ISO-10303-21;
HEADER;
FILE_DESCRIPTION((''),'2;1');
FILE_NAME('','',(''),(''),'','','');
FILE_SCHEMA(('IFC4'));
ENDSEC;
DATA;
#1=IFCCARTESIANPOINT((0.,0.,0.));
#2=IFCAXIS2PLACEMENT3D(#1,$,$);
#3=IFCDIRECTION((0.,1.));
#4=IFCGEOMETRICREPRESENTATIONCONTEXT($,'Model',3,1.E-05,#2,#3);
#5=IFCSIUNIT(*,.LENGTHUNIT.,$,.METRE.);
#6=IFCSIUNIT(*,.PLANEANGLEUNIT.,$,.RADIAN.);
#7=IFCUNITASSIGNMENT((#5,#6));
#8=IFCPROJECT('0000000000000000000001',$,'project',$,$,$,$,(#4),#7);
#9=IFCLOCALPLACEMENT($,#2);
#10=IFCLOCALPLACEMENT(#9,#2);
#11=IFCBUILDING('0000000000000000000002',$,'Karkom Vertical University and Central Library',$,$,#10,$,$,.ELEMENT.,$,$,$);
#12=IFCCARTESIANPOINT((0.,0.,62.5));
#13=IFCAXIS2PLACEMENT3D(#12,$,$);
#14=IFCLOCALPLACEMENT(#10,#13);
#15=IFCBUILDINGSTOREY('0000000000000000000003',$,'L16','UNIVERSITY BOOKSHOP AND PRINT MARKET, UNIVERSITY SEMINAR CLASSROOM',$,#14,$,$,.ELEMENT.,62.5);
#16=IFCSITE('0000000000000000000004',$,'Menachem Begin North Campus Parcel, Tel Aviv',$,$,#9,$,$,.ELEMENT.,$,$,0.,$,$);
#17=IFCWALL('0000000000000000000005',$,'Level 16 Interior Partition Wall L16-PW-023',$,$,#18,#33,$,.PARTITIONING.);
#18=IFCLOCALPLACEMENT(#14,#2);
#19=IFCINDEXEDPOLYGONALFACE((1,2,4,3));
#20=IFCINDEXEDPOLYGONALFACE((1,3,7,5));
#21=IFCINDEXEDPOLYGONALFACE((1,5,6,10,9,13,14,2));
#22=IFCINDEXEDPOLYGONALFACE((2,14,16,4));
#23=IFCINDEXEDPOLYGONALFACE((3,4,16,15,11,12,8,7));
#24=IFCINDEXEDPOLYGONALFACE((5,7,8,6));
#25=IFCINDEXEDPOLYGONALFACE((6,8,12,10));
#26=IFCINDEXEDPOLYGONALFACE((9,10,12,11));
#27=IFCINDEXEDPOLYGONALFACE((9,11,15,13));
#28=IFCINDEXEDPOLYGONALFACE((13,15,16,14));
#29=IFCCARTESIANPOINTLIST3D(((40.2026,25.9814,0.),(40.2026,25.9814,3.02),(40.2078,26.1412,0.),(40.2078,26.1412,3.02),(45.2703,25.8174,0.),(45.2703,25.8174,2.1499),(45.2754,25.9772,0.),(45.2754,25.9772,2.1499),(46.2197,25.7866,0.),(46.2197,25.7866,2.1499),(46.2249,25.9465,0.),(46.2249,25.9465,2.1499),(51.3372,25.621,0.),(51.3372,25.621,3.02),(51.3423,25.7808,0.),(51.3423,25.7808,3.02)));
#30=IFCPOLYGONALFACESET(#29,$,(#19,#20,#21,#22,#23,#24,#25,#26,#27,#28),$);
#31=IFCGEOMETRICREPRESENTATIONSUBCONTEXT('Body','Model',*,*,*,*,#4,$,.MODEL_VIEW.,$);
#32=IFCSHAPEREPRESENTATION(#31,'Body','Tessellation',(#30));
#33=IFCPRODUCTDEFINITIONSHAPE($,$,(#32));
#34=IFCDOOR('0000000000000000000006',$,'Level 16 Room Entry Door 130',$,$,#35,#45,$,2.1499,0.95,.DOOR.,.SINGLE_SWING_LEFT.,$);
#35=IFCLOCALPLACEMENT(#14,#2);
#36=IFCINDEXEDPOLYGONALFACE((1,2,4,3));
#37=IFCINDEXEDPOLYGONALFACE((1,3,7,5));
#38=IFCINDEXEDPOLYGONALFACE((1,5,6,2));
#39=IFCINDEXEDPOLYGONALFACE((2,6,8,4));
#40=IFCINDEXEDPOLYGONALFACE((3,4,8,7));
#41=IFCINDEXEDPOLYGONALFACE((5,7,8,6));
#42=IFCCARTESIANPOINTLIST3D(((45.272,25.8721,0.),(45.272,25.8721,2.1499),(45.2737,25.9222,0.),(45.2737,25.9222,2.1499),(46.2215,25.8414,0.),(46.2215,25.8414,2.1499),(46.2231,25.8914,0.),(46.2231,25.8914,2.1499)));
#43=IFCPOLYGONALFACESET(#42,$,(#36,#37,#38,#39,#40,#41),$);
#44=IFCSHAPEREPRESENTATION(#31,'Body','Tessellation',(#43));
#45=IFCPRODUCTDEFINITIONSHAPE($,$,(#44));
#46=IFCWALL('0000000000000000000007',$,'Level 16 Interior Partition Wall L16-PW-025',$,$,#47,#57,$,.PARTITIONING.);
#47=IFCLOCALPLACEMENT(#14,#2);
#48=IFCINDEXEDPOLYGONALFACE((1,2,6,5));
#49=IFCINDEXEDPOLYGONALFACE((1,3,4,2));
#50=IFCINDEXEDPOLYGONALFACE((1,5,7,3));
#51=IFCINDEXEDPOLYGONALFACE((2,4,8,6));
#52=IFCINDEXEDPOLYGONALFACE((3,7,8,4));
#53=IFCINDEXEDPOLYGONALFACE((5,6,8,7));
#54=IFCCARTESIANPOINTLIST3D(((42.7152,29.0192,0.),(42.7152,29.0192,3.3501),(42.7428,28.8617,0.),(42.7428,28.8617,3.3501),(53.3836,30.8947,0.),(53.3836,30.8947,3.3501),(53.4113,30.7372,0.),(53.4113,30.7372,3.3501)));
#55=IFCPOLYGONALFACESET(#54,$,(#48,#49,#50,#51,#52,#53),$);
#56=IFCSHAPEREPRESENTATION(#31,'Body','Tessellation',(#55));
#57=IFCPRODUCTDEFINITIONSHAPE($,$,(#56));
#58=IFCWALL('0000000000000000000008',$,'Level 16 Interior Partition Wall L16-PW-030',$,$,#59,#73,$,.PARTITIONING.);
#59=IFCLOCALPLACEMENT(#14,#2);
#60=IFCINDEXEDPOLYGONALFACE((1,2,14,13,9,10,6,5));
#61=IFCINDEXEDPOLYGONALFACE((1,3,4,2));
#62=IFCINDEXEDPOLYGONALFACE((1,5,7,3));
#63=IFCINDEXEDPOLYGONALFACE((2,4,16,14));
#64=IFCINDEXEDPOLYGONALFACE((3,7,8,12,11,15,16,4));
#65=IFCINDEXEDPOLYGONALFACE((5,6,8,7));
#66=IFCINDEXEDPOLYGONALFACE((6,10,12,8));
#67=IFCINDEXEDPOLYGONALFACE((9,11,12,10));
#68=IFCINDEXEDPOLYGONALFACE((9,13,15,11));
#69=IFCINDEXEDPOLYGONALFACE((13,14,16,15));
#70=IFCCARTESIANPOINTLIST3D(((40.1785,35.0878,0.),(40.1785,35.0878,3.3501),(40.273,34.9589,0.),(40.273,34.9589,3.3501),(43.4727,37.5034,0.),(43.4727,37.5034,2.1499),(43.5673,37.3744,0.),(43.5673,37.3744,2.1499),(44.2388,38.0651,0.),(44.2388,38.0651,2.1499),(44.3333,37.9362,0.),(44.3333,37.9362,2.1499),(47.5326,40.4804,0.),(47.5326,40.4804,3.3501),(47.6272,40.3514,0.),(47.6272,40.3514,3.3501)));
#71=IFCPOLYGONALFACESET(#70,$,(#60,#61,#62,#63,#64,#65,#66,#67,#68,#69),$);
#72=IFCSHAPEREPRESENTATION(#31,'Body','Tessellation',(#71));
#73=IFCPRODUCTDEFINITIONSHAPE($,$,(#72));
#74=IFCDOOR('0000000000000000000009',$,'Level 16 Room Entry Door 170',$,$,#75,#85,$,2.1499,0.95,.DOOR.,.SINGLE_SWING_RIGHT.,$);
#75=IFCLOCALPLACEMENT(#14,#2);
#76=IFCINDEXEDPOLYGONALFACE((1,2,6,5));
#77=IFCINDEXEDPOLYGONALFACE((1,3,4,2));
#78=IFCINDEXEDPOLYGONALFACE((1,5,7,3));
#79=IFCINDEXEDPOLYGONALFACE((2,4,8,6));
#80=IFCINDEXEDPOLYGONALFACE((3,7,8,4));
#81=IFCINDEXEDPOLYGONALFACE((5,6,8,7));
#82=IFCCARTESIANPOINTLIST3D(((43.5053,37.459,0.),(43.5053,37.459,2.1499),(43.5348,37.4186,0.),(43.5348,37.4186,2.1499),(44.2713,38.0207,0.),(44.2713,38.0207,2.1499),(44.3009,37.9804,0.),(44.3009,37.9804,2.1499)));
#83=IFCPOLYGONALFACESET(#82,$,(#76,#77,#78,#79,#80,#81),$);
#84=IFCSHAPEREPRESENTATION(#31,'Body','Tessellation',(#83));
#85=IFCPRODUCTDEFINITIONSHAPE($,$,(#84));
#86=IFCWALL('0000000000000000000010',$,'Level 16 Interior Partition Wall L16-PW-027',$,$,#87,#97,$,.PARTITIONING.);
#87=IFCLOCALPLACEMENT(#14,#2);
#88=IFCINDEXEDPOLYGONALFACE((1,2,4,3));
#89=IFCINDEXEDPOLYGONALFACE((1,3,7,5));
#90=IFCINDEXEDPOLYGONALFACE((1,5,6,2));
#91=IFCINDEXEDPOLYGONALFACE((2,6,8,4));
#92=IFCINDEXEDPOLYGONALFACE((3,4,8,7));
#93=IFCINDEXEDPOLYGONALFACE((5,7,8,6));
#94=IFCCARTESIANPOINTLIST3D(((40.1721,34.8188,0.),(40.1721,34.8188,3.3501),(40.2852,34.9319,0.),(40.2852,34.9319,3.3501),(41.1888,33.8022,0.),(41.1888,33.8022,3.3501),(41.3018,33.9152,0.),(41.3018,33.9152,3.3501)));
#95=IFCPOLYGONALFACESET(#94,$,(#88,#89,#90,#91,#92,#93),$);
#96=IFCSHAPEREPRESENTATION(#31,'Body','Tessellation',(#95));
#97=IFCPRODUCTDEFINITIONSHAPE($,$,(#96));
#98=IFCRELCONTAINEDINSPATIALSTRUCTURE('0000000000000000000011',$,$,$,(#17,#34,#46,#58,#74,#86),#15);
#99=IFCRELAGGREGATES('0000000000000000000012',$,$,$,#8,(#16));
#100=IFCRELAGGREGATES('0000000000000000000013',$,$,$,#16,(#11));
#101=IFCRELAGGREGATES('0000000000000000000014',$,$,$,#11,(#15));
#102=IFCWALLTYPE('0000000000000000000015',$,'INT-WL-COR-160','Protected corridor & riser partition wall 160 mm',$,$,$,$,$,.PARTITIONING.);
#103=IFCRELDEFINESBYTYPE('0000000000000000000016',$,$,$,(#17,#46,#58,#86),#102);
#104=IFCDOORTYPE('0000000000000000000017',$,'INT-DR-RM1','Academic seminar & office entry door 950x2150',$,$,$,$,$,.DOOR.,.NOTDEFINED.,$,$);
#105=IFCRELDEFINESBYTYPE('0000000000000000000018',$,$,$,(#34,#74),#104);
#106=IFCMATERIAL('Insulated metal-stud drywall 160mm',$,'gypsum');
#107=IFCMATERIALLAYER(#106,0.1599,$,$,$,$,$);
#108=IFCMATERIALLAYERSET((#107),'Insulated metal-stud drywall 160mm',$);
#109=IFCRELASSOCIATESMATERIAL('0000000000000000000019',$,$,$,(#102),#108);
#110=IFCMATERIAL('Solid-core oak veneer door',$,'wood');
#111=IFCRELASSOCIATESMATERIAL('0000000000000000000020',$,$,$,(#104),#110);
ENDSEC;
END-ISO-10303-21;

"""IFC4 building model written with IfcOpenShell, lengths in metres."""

from ifc_helpers import new_model, si_unit, direction, frame, frame_2d, origin, origin_with_axes, place, context, subcontext, project, spatial, rectangle, extrude, source, transform, mapped, material, layer, layer_set, type_object, element, fill, save


model = new_model("IFC4")

# Units and contexts
model_context = context("Model", 3, precision=1e-05, world=origin(), true_north=direction((0.0, 1.0)))
body_context = subcontext(model_context, "Body", "Model", "MODEL_VIEW")
ifc_project = project(units=[si_unit("LENGTHUNIT", "METRE"), si_unit("PLANEANGLEUNIT", "RADIAN")], contexts=[model_context])

# Site, building, storey
site_placement = place(None, origin())
site = spatial("IfcSite", under=ifc_project, at=site_placement, Name="Menachem Begin North Campus Parcel, Tel Aviv", CompositionType="ELEMENT", RefElevation=0.0)
building_placement = place(site_placement, origin())
building = spatial("IfcBuilding", under=site, at=building_placement, Name="Karkom Vertical University and Central Library", CompositionType="ELEMENT")
storey_placement = place(building_placement, frame((0.0, 0.0, 62.5)))
storey = spatial("IfcBuildingStorey", under=building, at=storey_placement, Name="L16", Description="UNIVERSITY BOOKSHOP AND PRINT MARKET, UNIVERSITY SEMINAR CLASSROOM", CompositionType="ELEMENT", Elevation=62.5)

# Shared definitions
ifc_material_1 = material(Name="Insulated metal-stud drywall 160mm", Category="gypsum")
ifc_layer_1 = layer(ifc_material_1, 0.1599)
ifc_layer_set_1 = layer_set([ifc_layer_1], Name="Insulated metal-stud drywall 160mm")
wall_type_1 = type_object("IfcWallType", Name="INT-WL-COR-160", Description="Protected corridor & riser partition wall 160 mm", PredefinedType="PARTITIONING", material=ifc_layer_set_1)
ifc_material_2 = material(Name="Solid-core oak veneer door", Category="wood")
door_type_1 = type_object("IfcDoorType", Name="INT-DR-RM1", Description="Academic seminar & office entry door 950x2150", OperationType="NOTDEFINED", PredefinedType="DOOR", material=ifc_material_2)
shared_shape_1 = source(origin_with_axes(), body_context, "Body", "SweptSolid", [
    extrude(rectangle(XDim=0.95, YDim=2.1499, at=frame_2d((0.4751, 1.075))), frame((0.0, 0.0249, 0.0), z_axis=(0.0, -1.0, 0.0), x_axis=(1.0, 0.0, 0.0)), (0.0, 0.0, 1.0), 0.05),
])

# Wall, opening, door
wall_1_placement = place(storey_placement, frame((40.2051, 26.0613, 0.0), z_axis=(0.0, 0.0, 1.0), x_axis=(0.999477, -0.032347, 0.0)))
wall_1 = element("IfcWall", 1, at=wall_1_placement, inside=storey, type_object=wall_type_1, Name="Level 16 Interior Partition Wall L16-PW-023", PredefinedType="PARTITIONING", context=body_context, shape_type="SweptSolid", body=[
    extrude(rectangle(XDim=11.1404, YDim=0.1599, at=frame_2d((5.5703, 0.0))), origin(), (0.0, 0.0, 1.0), 3.02),
])
opening_1_placement = place(wall_1_placement, frame((5.0703, 0.0, 0.0)))
opening_1 = element("IfcOpeningElement", 2, at=opening_1_placement, cuts=wall_1, PredefinedType="OPENING", context=body_context, shape_type="SweptSolid", body=[
    extrude(rectangle(XDim=0.95, YDim=2.1499, at=frame_2d((0.4751, 1.075))), frame((0.0, 0.0898, 0.0), z_axis=(0.0, -1.0, 0.0), x_axis=(1.0, 0.0, 0.0)), (0.0, 0.0, 1.0), 0.1799),
])
door_1_placement = place(opening_1_placement, origin())
door_1 = element("IfcDoor", 3, at=door_1_placement, inside=storey, type_object=door_type_1, Name="Level 16 Room Entry Door 130", OperationType="SINGLE_SWING_LEFT", OverallHeight=2.1499, OverallWidth=0.95, PredefinedType="DOOR", context=body_context, shape_type="MappedRepresentation", body=[
    mapped(shared_shape_1, transform((0.0, 0.0, 0.0), scale=1.0)),
])
fill(opening_1, door_1)

# Wall
wall_2_placement = place(storey_placement, frame((42.729, 28.9404, 0.0), z_axis=(0.0, 0.0, 1.0), x_axis=(0.984897, 0.173142, 0.0)))
element("IfcWall", 4, at=wall_2_placement, inside=storey, type_object=wall_type_1, Name="Level 16 Interior Partition Wall L16-PW-025", PredefinedType="PARTITIONING", context=body_context, shape_type="SweptSolid", body=[
    extrude(rectangle(XDim=10.832, YDim=0.1599, at=frame_2d((5.416, 0.0))), origin(), (0.0, 0.0, 1.0), 3.3501),
])

# Wall, opening, door
wall_3_placement = place(storey_placement, frame((40.2258, 35.0234, 0.0), z_axis=(0.0, 0.0, 1.0), x_axis=(0.806433, 0.591325, 0.0)))
wall_3 = element("IfcWall", 5, at=wall_3_placement, inside=storey, type_object=wall_type_1, Name="Level 16 Interior Partition Wall L16-PW-030", PredefinedType="PARTITIONING", context=body_context, shape_type="SweptSolid", body=[
    extrude(rectangle(XDim=9.1194, YDim=0.1599, at=frame_2d((4.5596, 0.0))), origin(), (0.0, 0.0, 1.0), 3.3501),
])
opening_2_placement = place(wall_3_placement, frame((4.0847, 0.0, 0.0)))
opening_2 = element("IfcOpeningElement", 6, at=opening_2_placement, cuts=wall_3, PredefinedType="OPENING", context=body_context, shape_type="SweptSolid", body=[
    extrude(rectangle(XDim=0.95, YDim=2.1499, at=frame_2d((0.4751, 1.075))), frame((0.0, 0.0898, 0.0), z_axis=(0.0, -1.0, 0.0), x_axis=(1.0, 0.0, 0.0)), (0.0, 0.0, 1.0), 0.1799),
])
door_2_placement = place(opening_2_placement, origin())
door_2 = element("IfcDoor", 7, at=door_2_placement, inside=storey, type_object=door_type_1, Name="Level 16 Room Entry Door 170", OperationType="SINGLE_SWING_RIGHT", OverallHeight=2.1499, OverallWidth=0.95, PredefinedType="DOOR", context=body_context, shape_type="MappedRepresentation", body=[
    mapped(shared_shape_1, transform((0.0, 0.0, 0.0), scale=1.0)),
])
fill(opening_2, door_2)

# Wall
wall_4_placement = place(storey_placement, frame((40.2288, 34.8752, 0.0), z_axis=(0.0, 0.0, 1.0), x_axis=(0.707107, -0.707107, 0.0)))
element("IfcWall", 8, at=wall_4_placement, inside=storey, type_object=wall_type_1, Name="Level 16 Interior Partition Wall L16-PW-027", PredefinedType="PARTITIONING", context=body_context, shape_type="SweptSolid", body=[
    extrude(rectangle(XDim=1.4377, YDim=0.1599, at=frame_2d((0.7188, 0.0))), origin(), (0.0, 0.0, 1.0), 3.3501),
])

save(model, "model.ifc")
